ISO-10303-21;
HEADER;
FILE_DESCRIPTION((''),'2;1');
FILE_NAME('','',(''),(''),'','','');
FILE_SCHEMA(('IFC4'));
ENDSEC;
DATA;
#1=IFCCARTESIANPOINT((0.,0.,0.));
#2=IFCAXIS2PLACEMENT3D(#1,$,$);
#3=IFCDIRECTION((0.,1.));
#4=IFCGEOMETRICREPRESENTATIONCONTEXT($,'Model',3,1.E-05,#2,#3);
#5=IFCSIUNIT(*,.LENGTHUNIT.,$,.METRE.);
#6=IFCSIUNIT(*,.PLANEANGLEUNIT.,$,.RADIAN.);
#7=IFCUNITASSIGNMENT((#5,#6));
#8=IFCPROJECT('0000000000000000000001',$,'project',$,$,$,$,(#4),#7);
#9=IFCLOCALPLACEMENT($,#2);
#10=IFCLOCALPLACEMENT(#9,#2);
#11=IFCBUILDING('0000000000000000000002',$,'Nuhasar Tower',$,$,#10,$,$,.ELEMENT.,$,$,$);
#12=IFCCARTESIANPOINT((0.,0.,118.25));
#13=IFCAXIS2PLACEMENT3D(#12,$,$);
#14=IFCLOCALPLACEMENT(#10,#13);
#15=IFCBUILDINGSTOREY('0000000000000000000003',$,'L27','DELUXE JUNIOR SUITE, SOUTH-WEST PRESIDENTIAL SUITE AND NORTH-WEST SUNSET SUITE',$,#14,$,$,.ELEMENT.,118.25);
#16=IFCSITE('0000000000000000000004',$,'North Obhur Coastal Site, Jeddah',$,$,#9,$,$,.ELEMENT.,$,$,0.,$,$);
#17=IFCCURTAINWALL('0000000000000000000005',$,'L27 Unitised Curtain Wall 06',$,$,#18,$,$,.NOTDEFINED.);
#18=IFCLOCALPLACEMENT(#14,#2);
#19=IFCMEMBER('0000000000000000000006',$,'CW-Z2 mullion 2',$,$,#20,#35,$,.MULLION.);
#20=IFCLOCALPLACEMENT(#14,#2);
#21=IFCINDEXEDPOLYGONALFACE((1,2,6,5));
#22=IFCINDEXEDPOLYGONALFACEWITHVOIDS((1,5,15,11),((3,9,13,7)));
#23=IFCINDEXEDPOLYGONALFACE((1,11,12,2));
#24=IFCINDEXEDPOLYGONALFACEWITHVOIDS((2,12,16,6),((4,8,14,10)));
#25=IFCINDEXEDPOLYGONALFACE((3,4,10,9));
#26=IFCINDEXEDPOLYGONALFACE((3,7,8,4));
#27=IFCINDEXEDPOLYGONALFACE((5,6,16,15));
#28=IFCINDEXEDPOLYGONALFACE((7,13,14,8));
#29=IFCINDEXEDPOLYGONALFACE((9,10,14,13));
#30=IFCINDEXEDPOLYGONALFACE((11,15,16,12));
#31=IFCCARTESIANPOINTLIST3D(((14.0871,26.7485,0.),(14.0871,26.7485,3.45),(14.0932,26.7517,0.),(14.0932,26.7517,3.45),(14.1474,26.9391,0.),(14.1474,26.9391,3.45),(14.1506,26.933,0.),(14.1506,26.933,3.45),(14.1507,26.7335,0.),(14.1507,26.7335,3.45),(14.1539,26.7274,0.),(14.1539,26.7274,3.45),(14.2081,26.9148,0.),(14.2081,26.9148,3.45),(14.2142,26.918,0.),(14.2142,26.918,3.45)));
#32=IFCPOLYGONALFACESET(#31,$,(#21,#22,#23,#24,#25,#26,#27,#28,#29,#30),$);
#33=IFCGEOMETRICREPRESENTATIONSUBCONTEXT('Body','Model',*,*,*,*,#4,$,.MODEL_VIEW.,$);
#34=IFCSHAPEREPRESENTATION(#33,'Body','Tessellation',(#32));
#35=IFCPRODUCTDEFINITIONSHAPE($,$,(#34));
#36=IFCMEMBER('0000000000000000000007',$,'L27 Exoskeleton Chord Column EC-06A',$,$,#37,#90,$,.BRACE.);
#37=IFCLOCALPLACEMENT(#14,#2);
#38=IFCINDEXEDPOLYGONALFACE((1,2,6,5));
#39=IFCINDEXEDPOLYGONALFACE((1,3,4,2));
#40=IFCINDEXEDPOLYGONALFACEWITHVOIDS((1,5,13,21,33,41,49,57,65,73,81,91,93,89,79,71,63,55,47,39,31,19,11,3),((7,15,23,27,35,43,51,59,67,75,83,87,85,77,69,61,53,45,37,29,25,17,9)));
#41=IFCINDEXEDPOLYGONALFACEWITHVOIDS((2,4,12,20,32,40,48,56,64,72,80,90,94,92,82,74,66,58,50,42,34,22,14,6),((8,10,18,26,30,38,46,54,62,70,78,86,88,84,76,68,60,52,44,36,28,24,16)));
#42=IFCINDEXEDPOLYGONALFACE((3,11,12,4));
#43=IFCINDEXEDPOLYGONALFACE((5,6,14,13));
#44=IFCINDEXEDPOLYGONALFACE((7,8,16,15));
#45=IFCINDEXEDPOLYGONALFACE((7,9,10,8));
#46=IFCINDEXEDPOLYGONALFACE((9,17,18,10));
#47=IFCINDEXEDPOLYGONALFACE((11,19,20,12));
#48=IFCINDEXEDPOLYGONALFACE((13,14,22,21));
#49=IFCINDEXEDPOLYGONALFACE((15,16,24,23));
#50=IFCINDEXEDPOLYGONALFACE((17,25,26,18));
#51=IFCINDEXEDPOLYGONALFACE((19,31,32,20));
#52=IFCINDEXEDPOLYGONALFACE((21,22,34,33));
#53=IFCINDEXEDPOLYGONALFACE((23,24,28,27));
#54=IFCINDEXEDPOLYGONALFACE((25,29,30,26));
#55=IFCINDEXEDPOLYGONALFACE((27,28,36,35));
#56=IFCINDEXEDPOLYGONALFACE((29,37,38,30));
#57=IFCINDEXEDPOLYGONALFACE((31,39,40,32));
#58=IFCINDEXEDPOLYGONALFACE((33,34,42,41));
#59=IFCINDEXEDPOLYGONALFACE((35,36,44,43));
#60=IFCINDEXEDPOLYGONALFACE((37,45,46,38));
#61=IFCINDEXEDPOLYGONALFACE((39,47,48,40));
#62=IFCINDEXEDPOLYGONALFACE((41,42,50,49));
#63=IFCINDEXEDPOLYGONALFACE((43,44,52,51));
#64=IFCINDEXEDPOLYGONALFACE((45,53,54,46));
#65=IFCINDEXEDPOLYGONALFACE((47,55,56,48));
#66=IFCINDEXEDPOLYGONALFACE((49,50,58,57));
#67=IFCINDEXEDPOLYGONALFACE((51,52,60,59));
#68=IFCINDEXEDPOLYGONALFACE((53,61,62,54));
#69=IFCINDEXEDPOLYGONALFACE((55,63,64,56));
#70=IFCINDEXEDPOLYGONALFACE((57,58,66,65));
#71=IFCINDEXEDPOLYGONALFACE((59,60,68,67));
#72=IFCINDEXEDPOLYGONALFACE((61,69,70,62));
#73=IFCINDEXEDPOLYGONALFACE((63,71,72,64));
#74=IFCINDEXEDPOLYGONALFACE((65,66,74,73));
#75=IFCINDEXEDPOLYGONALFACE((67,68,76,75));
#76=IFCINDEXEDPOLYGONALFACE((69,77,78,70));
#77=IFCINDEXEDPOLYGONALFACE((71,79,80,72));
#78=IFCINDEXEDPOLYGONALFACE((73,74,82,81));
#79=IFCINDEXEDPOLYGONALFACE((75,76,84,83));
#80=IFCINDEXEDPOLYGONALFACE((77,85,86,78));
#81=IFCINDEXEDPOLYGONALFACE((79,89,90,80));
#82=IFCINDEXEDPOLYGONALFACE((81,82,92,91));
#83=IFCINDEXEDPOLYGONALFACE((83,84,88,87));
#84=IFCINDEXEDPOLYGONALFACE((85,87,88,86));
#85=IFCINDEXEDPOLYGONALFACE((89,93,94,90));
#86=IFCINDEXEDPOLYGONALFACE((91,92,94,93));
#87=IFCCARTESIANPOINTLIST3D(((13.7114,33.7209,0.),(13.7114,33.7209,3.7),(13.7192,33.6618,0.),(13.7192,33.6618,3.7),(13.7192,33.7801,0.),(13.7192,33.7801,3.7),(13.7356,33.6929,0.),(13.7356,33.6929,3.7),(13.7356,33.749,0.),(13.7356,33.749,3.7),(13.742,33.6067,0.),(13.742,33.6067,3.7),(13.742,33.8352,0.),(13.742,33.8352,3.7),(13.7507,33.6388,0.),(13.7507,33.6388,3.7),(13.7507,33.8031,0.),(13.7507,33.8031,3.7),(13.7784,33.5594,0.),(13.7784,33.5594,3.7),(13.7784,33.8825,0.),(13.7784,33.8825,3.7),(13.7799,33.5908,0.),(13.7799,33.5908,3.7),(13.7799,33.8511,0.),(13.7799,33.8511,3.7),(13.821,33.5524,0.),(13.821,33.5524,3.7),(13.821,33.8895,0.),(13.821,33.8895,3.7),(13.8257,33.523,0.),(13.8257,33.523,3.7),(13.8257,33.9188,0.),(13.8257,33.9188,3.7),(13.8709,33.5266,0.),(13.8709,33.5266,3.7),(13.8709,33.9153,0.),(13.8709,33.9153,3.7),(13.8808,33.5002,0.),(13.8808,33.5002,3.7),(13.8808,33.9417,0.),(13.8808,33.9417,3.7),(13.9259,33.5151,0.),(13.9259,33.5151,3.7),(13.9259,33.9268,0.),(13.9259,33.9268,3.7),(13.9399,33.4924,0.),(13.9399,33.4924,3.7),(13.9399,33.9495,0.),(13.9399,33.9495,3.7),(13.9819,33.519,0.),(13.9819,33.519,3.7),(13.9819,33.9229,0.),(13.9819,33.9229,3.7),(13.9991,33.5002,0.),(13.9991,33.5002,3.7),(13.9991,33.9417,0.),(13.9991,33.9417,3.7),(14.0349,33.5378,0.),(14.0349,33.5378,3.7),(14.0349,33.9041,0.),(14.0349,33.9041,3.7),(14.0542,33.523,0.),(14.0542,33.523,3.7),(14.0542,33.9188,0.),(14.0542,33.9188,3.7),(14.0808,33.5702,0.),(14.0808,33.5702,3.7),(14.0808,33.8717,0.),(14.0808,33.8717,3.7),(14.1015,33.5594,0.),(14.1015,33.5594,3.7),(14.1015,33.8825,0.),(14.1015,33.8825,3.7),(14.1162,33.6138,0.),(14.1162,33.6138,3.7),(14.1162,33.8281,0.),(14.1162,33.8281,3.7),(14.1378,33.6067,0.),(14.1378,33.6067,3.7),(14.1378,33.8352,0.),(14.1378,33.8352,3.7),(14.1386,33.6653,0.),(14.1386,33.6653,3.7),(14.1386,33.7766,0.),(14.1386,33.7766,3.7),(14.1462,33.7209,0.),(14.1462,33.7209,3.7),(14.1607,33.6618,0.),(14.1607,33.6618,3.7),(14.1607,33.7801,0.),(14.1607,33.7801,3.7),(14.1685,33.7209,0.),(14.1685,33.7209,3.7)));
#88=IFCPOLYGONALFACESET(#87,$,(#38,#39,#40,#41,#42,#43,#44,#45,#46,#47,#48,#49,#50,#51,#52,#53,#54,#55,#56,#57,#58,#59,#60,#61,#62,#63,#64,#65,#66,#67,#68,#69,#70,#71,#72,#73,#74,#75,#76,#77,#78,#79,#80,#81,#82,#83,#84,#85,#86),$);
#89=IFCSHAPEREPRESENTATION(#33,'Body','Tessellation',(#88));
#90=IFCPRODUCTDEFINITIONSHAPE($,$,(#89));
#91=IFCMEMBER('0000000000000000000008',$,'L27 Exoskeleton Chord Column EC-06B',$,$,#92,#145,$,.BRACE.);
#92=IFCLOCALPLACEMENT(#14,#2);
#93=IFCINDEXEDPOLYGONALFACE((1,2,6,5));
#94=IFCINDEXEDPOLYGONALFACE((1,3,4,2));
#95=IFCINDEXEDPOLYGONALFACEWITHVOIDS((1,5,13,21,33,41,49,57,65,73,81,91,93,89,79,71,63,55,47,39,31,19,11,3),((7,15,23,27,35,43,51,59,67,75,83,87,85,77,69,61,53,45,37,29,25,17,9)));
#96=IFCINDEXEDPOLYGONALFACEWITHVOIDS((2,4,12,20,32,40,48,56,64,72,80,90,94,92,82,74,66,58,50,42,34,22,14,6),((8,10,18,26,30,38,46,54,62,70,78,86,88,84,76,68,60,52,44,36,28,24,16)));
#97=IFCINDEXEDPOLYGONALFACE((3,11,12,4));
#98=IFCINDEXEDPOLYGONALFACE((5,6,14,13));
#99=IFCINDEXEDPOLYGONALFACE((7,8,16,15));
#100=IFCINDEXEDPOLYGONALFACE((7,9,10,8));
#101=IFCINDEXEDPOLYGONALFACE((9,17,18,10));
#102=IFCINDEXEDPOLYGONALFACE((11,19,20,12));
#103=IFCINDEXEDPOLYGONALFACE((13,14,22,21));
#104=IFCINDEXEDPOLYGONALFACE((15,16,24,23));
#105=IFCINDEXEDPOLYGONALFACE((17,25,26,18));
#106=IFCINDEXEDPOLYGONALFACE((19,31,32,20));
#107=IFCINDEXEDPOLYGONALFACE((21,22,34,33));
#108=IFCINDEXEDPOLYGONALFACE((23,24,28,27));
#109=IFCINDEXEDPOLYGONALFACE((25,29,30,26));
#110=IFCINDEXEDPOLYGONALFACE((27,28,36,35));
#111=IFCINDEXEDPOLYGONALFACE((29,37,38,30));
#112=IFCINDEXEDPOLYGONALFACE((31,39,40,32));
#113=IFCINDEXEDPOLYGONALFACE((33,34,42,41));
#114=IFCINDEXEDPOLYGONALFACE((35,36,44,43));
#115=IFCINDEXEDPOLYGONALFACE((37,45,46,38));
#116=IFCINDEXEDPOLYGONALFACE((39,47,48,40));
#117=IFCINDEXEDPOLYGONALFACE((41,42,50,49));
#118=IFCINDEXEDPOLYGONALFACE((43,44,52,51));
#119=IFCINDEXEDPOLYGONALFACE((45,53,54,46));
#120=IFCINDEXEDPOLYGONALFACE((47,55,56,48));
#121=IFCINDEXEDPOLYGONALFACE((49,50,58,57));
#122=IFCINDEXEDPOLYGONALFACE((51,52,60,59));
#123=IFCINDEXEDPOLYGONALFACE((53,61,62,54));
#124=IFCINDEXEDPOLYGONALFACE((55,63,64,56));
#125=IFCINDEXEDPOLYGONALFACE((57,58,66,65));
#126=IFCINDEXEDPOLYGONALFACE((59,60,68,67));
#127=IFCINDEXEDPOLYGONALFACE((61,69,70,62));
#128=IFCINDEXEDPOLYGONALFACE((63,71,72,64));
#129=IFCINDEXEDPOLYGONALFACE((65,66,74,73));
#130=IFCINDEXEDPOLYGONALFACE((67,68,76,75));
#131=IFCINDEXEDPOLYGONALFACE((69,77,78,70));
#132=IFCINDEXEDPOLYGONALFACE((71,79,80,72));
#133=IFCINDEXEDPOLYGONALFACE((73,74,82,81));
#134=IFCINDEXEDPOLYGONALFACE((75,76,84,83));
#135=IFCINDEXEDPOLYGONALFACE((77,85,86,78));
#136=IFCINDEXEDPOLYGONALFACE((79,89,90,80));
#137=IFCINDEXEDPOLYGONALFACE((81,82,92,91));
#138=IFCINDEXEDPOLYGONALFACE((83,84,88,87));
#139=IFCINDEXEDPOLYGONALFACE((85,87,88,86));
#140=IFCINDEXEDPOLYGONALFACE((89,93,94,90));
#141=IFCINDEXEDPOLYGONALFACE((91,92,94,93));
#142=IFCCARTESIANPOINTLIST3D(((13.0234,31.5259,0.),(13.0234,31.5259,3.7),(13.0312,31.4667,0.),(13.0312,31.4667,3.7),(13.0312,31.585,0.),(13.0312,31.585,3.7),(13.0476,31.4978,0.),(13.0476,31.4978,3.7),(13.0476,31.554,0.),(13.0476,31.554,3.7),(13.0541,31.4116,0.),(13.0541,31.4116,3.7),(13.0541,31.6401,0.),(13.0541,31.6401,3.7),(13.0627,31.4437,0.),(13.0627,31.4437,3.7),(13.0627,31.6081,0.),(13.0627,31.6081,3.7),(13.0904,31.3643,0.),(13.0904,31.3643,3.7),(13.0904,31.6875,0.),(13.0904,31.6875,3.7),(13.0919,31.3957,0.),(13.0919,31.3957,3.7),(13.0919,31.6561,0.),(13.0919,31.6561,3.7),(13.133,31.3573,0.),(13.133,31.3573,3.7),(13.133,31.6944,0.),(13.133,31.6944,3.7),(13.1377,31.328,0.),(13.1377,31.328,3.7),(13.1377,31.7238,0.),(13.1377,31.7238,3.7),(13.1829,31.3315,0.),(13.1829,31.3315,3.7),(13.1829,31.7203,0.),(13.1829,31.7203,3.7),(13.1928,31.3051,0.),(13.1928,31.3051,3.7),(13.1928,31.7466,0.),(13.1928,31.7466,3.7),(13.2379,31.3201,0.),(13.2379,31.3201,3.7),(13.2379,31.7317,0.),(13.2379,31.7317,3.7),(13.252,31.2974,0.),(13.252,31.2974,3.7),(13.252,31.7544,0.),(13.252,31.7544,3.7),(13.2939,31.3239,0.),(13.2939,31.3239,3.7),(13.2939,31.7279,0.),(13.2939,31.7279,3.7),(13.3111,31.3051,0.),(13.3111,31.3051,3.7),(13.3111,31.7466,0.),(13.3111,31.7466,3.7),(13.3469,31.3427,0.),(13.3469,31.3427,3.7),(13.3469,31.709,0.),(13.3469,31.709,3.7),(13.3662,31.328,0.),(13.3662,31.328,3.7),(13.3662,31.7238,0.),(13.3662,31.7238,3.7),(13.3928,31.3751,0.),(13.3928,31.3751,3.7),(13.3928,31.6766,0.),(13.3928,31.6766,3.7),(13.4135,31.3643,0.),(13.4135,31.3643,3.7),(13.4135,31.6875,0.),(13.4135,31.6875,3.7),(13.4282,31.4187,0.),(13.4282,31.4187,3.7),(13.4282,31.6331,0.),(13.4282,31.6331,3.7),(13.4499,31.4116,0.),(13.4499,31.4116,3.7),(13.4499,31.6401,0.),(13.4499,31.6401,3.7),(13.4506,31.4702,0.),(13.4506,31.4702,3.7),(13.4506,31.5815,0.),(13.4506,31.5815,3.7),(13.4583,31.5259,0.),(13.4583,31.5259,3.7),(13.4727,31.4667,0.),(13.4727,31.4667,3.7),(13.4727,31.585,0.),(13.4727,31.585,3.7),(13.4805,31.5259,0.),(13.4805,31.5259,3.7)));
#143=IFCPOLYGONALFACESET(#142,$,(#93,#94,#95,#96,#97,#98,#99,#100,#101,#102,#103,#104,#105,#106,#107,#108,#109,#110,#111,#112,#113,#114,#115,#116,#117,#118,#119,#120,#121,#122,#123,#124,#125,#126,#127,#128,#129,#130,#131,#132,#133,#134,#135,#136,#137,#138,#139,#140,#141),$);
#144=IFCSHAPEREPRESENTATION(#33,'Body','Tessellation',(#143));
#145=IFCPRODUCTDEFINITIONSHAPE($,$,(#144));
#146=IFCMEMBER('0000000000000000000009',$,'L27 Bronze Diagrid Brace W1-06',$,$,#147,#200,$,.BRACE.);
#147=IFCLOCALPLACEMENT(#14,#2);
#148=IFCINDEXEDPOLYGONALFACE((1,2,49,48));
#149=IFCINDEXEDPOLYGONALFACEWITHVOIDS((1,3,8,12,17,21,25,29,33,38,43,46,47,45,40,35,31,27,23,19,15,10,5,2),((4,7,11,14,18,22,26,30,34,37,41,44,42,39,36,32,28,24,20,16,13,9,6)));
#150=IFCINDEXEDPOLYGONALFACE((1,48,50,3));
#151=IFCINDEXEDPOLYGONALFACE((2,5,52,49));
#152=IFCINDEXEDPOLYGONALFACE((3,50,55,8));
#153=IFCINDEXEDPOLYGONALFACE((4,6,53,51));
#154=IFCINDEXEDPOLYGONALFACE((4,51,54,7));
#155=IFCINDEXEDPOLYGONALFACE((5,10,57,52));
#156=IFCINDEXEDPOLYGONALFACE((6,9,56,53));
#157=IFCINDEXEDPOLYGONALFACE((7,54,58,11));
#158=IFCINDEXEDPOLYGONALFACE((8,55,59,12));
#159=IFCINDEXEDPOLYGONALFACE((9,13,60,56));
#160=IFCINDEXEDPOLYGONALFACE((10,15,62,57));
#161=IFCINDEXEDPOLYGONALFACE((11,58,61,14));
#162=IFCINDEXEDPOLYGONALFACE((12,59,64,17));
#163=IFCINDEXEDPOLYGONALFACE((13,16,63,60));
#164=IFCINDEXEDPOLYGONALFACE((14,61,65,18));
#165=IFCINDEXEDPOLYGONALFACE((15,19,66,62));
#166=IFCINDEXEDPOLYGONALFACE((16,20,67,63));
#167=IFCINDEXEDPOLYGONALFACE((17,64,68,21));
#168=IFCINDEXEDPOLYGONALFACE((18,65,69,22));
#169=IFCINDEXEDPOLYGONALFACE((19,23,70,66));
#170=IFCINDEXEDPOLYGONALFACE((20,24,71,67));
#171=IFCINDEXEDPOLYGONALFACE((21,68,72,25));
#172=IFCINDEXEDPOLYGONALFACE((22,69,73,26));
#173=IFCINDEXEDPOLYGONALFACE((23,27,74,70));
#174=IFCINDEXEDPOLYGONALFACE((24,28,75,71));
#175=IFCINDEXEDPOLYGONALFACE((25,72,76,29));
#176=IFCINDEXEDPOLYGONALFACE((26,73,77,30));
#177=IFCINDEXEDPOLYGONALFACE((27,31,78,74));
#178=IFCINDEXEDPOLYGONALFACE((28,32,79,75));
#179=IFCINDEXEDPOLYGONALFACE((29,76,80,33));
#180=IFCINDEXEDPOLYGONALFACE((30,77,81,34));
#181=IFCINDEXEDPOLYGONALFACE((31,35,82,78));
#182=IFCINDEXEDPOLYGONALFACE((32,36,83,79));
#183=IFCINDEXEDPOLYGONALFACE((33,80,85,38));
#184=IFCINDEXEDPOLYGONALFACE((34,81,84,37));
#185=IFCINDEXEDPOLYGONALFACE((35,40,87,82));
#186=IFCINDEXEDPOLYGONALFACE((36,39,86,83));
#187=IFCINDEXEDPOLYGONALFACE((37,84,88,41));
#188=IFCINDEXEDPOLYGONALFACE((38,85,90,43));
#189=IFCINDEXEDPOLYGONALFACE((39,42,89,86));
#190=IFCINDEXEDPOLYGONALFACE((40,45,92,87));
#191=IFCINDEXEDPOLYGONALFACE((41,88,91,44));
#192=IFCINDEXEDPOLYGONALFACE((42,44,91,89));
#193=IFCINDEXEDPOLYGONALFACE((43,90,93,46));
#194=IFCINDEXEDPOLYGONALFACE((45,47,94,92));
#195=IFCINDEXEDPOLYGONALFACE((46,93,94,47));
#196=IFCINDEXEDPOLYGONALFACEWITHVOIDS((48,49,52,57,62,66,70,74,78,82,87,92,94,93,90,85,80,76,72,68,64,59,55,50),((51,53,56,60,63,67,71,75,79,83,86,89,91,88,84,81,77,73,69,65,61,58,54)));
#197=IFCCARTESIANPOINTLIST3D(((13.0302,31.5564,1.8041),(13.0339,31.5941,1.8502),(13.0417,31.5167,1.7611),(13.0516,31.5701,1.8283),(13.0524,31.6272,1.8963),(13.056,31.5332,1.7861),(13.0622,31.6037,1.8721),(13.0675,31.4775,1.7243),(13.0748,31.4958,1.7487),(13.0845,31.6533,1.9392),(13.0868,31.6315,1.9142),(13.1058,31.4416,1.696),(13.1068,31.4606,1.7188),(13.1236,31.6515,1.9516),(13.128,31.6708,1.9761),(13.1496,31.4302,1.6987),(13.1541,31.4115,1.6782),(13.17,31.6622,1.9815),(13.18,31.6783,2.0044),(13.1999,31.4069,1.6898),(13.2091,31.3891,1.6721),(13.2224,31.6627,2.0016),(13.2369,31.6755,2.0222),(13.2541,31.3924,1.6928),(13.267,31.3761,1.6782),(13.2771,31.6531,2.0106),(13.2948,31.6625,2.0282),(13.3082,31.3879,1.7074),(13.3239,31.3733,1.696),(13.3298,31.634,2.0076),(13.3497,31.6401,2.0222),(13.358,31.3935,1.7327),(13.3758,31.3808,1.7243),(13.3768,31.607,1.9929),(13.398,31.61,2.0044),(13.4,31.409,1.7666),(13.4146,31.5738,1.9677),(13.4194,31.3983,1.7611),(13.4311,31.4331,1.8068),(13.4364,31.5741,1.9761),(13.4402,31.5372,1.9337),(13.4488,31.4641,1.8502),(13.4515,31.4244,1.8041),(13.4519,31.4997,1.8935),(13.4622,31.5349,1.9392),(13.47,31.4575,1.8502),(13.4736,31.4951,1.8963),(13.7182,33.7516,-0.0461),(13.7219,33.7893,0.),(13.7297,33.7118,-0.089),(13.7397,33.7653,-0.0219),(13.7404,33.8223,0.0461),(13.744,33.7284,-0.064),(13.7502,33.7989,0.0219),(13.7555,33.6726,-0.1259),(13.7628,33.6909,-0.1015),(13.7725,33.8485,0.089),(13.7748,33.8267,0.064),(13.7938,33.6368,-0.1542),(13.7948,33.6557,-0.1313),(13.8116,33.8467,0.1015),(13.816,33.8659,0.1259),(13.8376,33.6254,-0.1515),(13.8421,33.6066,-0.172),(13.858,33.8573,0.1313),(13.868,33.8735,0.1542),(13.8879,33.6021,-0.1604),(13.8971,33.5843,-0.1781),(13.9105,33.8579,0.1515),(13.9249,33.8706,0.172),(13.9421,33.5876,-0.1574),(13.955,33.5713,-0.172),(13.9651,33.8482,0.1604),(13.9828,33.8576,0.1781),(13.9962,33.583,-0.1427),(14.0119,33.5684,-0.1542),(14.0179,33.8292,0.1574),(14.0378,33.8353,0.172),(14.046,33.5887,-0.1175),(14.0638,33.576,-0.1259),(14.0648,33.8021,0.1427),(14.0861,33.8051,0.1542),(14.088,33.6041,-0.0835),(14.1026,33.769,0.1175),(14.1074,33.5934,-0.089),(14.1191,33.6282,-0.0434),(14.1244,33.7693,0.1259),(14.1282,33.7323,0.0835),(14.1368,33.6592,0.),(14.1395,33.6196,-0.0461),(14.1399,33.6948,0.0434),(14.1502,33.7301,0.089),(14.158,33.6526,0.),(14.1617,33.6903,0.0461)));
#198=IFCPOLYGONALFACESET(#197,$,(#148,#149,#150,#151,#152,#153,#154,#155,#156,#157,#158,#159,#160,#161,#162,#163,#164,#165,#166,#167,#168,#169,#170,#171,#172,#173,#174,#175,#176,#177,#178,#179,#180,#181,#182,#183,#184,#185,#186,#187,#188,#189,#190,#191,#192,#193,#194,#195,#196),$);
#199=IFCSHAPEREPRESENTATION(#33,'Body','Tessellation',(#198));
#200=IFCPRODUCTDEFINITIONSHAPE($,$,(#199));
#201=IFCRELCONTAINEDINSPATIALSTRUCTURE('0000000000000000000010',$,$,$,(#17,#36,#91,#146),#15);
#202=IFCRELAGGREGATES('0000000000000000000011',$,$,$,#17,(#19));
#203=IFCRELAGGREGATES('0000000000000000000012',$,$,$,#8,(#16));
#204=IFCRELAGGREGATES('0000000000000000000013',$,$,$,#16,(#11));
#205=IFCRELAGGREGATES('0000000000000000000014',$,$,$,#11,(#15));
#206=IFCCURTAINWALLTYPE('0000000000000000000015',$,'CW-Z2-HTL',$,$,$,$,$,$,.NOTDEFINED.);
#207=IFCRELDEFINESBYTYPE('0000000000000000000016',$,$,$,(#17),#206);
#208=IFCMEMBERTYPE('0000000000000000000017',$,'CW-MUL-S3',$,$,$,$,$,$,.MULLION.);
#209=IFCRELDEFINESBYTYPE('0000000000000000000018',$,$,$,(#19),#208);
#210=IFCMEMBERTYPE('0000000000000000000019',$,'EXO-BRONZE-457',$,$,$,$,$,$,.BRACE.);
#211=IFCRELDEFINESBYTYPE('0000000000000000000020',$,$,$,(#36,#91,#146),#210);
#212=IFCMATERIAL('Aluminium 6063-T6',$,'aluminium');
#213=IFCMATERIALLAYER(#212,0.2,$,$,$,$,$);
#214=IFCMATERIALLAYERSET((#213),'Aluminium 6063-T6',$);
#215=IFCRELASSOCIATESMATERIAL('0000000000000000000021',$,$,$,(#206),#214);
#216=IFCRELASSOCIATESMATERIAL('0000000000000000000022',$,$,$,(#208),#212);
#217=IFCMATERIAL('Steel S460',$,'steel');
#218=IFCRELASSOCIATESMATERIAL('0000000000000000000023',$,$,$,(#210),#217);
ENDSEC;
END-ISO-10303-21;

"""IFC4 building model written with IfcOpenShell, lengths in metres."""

from ifc_helpers import new_model, si_unit, direction, frame, origin, origin_2d, place, context, subcontext, project, spatial, hollow_rectangle, hollow_circle, extrude, material, layer, layer_set, material_profile, profile_set, type_object, element, aggregate, save


model = new_model("IFC4")

# Units and contexts
model_context = context("Model", 3, precision=1e-05, world=origin(), true_north=direction((0.0, 1.0)))
body_context = subcontext(model_context, "Body", "Model", "MODEL_VIEW")
ifc_project = project(units=[si_unit("LENGTHUNIT", "METRE"), si_unit("PLANEANGLEUNIT", "RADIAN")], contexts=[model_context])

# Site, building, storey
site_placement = place(None, origin())
site = spatial("IfcSite", under=ifc_project, at=site_placement, Name="North Obhur Coastal Site, Jeddah", CompositionType="ELEMENT", RefElevation=0.0)
building_placement = place(site_placement, origin())
building = spatial("IfcBuilding", under=site, at=building_placement, Name="Nuhasar Tower", CompositionType="ELEMENT")
storey_placement = place(building_placement, frame((0.0, 0.0, 118.25)))
storey = spatial("IfcBuildingStorey", under=building, at=storey_placement, Name="L27", Description="DELUXE JUNIOR SUITE, SOUTH-WEST PRESIDENTIAL SUITE AND NORTH-WEST SUNSET SUITE", CompositionType="ELEMENT", Elevation=118.25)

# Curtain wall, member
ifc_material_1 = material(Name="Aluminium 6063-T6", Category="aluminium")
ifc_layer_1 = layer(ifc_material_1, 0.2)
ifc_layer_set_1 = layer_set([ifc_layer_1], Name="Aluminium 6063-T6")
curtain_wall_type = type_object("IfcCurtainWallType", Name="CW-Z2-HTL", PredefinedType="NOTDEFINED", material=ifc_layer_set_1)
curtain_wall_placement = place(storey_placement, origin())
curtain_wall = element("IfcCurtainWall", 1, at=curtain_wall_placement, inside=storey, type_object=curtain_wall_type, Name="L27 Unitised Curtain Wall 06", PredefinedType="NOTDEFINED")
ifc_material_profile_1 = material_profile(ifc_material_1, hollow_rectangle(XDim=0.0701, YDim=0.2, WallThickness=0.0049, at=origin_2d()), Name="CWM-3")
ifc_profile_set_1 = profile_set([ifc_material_profile_1], Name="Aluminium 6063-T6")
member_type_1 = type_object("IfcMemberType", Name="CW-MUL-S3", PredefinedType="MULLION", material=ifc_profile_set_1)
member_1_placement = place(storey_placement, frame((14.1506, 26.8333, 0.0), z_axis=(0.0, 0.0, 1.0), x_axis=(0.953433, -0.301604, 0.0)))
member_1 = element("IfcMember", 2, at=member_1_placement, type_object=member_type_1, Name="CW-Z2 mullion 2", PredefinedType="MULLION", context=body_context, shape_type="SweptSolid", body=[
    extrude(hollow_rectangle(XDim=0.0701, YDim=0.2, WallThickness=0.0049, at=origin_2d()), origin(), (0.0, 0.0, 1.0), 3.45),
])

# Members
ifc_material_2 = material(Name="Steel S460", Category="steel")
ifc_material_profile_2 = material_profile(ifc_material_2, hollow_circle(Radius=0.2285, WallThickness=0.0222, at=origin_2d()), Name="HSS457X22.2")
ifc_profile_set_2 = profile_set([ifc_material_profile_2], Name="Steel S460")
member_type_2 = type_object("IfcMemberType", Name="EXO-BRONZE-457", PredefinedType="BRACE", material=ifc_profile_set_2)
for number, where, z_axis, x_axis, name in (
    (3, (13.9399, 33.7209, 0.0), (0.0, 0.0, 1.0), (1.0, 0.0, 0.0), "L27 Exoskeleton Chord Column EC-06A"),
    (4, (13.252, 31.5259, 0.0), (0.0, 0.0, 1.0), (1.0, 0.0, 0.0), "L27 Exoskeleton Chord Column EC-06B"),
):
    element("IfcMember", number, at=place(storey_placement, frame(where, z_axis=z_axis, x_axis=x_axis)), inside=storey, type_object=member_type_2, Name=name, PredefinedType="BRACE", context=body_context, shape_type="SweptSolid", body=[
        extrude(hollow_circle(Radius=0.2285, WallThickness=0.0222, at=origin_2d()), origin(), (0.0, 0.0, 1.0), 3.7),
    ])
member_2_placement = place(storey_placement, frame((13.9399, 33.7209, 0.0), z_axis=(-0.233056, -0.743578, 0.626719), x_axis=(0.954228, -0.299079, 0.0)))
element("IfcMember", 5, at=member_2_placement, inside=storey, type_object=member_type_2, Name="L27 Bronze Diagrid Brace W1-06", PredefinedType="BRACE", context=body_context, shape_type="SweptSolid", body=[
    extrude(hollow_circle(Radius=0.2285, WallThickness=0.0222, at=origin_2d()), origin(), (0.0, 0.0, 1.0), 2.9521),
])

aggregate(curtain_wall, [member_1])

save(model, "model.ifc")
